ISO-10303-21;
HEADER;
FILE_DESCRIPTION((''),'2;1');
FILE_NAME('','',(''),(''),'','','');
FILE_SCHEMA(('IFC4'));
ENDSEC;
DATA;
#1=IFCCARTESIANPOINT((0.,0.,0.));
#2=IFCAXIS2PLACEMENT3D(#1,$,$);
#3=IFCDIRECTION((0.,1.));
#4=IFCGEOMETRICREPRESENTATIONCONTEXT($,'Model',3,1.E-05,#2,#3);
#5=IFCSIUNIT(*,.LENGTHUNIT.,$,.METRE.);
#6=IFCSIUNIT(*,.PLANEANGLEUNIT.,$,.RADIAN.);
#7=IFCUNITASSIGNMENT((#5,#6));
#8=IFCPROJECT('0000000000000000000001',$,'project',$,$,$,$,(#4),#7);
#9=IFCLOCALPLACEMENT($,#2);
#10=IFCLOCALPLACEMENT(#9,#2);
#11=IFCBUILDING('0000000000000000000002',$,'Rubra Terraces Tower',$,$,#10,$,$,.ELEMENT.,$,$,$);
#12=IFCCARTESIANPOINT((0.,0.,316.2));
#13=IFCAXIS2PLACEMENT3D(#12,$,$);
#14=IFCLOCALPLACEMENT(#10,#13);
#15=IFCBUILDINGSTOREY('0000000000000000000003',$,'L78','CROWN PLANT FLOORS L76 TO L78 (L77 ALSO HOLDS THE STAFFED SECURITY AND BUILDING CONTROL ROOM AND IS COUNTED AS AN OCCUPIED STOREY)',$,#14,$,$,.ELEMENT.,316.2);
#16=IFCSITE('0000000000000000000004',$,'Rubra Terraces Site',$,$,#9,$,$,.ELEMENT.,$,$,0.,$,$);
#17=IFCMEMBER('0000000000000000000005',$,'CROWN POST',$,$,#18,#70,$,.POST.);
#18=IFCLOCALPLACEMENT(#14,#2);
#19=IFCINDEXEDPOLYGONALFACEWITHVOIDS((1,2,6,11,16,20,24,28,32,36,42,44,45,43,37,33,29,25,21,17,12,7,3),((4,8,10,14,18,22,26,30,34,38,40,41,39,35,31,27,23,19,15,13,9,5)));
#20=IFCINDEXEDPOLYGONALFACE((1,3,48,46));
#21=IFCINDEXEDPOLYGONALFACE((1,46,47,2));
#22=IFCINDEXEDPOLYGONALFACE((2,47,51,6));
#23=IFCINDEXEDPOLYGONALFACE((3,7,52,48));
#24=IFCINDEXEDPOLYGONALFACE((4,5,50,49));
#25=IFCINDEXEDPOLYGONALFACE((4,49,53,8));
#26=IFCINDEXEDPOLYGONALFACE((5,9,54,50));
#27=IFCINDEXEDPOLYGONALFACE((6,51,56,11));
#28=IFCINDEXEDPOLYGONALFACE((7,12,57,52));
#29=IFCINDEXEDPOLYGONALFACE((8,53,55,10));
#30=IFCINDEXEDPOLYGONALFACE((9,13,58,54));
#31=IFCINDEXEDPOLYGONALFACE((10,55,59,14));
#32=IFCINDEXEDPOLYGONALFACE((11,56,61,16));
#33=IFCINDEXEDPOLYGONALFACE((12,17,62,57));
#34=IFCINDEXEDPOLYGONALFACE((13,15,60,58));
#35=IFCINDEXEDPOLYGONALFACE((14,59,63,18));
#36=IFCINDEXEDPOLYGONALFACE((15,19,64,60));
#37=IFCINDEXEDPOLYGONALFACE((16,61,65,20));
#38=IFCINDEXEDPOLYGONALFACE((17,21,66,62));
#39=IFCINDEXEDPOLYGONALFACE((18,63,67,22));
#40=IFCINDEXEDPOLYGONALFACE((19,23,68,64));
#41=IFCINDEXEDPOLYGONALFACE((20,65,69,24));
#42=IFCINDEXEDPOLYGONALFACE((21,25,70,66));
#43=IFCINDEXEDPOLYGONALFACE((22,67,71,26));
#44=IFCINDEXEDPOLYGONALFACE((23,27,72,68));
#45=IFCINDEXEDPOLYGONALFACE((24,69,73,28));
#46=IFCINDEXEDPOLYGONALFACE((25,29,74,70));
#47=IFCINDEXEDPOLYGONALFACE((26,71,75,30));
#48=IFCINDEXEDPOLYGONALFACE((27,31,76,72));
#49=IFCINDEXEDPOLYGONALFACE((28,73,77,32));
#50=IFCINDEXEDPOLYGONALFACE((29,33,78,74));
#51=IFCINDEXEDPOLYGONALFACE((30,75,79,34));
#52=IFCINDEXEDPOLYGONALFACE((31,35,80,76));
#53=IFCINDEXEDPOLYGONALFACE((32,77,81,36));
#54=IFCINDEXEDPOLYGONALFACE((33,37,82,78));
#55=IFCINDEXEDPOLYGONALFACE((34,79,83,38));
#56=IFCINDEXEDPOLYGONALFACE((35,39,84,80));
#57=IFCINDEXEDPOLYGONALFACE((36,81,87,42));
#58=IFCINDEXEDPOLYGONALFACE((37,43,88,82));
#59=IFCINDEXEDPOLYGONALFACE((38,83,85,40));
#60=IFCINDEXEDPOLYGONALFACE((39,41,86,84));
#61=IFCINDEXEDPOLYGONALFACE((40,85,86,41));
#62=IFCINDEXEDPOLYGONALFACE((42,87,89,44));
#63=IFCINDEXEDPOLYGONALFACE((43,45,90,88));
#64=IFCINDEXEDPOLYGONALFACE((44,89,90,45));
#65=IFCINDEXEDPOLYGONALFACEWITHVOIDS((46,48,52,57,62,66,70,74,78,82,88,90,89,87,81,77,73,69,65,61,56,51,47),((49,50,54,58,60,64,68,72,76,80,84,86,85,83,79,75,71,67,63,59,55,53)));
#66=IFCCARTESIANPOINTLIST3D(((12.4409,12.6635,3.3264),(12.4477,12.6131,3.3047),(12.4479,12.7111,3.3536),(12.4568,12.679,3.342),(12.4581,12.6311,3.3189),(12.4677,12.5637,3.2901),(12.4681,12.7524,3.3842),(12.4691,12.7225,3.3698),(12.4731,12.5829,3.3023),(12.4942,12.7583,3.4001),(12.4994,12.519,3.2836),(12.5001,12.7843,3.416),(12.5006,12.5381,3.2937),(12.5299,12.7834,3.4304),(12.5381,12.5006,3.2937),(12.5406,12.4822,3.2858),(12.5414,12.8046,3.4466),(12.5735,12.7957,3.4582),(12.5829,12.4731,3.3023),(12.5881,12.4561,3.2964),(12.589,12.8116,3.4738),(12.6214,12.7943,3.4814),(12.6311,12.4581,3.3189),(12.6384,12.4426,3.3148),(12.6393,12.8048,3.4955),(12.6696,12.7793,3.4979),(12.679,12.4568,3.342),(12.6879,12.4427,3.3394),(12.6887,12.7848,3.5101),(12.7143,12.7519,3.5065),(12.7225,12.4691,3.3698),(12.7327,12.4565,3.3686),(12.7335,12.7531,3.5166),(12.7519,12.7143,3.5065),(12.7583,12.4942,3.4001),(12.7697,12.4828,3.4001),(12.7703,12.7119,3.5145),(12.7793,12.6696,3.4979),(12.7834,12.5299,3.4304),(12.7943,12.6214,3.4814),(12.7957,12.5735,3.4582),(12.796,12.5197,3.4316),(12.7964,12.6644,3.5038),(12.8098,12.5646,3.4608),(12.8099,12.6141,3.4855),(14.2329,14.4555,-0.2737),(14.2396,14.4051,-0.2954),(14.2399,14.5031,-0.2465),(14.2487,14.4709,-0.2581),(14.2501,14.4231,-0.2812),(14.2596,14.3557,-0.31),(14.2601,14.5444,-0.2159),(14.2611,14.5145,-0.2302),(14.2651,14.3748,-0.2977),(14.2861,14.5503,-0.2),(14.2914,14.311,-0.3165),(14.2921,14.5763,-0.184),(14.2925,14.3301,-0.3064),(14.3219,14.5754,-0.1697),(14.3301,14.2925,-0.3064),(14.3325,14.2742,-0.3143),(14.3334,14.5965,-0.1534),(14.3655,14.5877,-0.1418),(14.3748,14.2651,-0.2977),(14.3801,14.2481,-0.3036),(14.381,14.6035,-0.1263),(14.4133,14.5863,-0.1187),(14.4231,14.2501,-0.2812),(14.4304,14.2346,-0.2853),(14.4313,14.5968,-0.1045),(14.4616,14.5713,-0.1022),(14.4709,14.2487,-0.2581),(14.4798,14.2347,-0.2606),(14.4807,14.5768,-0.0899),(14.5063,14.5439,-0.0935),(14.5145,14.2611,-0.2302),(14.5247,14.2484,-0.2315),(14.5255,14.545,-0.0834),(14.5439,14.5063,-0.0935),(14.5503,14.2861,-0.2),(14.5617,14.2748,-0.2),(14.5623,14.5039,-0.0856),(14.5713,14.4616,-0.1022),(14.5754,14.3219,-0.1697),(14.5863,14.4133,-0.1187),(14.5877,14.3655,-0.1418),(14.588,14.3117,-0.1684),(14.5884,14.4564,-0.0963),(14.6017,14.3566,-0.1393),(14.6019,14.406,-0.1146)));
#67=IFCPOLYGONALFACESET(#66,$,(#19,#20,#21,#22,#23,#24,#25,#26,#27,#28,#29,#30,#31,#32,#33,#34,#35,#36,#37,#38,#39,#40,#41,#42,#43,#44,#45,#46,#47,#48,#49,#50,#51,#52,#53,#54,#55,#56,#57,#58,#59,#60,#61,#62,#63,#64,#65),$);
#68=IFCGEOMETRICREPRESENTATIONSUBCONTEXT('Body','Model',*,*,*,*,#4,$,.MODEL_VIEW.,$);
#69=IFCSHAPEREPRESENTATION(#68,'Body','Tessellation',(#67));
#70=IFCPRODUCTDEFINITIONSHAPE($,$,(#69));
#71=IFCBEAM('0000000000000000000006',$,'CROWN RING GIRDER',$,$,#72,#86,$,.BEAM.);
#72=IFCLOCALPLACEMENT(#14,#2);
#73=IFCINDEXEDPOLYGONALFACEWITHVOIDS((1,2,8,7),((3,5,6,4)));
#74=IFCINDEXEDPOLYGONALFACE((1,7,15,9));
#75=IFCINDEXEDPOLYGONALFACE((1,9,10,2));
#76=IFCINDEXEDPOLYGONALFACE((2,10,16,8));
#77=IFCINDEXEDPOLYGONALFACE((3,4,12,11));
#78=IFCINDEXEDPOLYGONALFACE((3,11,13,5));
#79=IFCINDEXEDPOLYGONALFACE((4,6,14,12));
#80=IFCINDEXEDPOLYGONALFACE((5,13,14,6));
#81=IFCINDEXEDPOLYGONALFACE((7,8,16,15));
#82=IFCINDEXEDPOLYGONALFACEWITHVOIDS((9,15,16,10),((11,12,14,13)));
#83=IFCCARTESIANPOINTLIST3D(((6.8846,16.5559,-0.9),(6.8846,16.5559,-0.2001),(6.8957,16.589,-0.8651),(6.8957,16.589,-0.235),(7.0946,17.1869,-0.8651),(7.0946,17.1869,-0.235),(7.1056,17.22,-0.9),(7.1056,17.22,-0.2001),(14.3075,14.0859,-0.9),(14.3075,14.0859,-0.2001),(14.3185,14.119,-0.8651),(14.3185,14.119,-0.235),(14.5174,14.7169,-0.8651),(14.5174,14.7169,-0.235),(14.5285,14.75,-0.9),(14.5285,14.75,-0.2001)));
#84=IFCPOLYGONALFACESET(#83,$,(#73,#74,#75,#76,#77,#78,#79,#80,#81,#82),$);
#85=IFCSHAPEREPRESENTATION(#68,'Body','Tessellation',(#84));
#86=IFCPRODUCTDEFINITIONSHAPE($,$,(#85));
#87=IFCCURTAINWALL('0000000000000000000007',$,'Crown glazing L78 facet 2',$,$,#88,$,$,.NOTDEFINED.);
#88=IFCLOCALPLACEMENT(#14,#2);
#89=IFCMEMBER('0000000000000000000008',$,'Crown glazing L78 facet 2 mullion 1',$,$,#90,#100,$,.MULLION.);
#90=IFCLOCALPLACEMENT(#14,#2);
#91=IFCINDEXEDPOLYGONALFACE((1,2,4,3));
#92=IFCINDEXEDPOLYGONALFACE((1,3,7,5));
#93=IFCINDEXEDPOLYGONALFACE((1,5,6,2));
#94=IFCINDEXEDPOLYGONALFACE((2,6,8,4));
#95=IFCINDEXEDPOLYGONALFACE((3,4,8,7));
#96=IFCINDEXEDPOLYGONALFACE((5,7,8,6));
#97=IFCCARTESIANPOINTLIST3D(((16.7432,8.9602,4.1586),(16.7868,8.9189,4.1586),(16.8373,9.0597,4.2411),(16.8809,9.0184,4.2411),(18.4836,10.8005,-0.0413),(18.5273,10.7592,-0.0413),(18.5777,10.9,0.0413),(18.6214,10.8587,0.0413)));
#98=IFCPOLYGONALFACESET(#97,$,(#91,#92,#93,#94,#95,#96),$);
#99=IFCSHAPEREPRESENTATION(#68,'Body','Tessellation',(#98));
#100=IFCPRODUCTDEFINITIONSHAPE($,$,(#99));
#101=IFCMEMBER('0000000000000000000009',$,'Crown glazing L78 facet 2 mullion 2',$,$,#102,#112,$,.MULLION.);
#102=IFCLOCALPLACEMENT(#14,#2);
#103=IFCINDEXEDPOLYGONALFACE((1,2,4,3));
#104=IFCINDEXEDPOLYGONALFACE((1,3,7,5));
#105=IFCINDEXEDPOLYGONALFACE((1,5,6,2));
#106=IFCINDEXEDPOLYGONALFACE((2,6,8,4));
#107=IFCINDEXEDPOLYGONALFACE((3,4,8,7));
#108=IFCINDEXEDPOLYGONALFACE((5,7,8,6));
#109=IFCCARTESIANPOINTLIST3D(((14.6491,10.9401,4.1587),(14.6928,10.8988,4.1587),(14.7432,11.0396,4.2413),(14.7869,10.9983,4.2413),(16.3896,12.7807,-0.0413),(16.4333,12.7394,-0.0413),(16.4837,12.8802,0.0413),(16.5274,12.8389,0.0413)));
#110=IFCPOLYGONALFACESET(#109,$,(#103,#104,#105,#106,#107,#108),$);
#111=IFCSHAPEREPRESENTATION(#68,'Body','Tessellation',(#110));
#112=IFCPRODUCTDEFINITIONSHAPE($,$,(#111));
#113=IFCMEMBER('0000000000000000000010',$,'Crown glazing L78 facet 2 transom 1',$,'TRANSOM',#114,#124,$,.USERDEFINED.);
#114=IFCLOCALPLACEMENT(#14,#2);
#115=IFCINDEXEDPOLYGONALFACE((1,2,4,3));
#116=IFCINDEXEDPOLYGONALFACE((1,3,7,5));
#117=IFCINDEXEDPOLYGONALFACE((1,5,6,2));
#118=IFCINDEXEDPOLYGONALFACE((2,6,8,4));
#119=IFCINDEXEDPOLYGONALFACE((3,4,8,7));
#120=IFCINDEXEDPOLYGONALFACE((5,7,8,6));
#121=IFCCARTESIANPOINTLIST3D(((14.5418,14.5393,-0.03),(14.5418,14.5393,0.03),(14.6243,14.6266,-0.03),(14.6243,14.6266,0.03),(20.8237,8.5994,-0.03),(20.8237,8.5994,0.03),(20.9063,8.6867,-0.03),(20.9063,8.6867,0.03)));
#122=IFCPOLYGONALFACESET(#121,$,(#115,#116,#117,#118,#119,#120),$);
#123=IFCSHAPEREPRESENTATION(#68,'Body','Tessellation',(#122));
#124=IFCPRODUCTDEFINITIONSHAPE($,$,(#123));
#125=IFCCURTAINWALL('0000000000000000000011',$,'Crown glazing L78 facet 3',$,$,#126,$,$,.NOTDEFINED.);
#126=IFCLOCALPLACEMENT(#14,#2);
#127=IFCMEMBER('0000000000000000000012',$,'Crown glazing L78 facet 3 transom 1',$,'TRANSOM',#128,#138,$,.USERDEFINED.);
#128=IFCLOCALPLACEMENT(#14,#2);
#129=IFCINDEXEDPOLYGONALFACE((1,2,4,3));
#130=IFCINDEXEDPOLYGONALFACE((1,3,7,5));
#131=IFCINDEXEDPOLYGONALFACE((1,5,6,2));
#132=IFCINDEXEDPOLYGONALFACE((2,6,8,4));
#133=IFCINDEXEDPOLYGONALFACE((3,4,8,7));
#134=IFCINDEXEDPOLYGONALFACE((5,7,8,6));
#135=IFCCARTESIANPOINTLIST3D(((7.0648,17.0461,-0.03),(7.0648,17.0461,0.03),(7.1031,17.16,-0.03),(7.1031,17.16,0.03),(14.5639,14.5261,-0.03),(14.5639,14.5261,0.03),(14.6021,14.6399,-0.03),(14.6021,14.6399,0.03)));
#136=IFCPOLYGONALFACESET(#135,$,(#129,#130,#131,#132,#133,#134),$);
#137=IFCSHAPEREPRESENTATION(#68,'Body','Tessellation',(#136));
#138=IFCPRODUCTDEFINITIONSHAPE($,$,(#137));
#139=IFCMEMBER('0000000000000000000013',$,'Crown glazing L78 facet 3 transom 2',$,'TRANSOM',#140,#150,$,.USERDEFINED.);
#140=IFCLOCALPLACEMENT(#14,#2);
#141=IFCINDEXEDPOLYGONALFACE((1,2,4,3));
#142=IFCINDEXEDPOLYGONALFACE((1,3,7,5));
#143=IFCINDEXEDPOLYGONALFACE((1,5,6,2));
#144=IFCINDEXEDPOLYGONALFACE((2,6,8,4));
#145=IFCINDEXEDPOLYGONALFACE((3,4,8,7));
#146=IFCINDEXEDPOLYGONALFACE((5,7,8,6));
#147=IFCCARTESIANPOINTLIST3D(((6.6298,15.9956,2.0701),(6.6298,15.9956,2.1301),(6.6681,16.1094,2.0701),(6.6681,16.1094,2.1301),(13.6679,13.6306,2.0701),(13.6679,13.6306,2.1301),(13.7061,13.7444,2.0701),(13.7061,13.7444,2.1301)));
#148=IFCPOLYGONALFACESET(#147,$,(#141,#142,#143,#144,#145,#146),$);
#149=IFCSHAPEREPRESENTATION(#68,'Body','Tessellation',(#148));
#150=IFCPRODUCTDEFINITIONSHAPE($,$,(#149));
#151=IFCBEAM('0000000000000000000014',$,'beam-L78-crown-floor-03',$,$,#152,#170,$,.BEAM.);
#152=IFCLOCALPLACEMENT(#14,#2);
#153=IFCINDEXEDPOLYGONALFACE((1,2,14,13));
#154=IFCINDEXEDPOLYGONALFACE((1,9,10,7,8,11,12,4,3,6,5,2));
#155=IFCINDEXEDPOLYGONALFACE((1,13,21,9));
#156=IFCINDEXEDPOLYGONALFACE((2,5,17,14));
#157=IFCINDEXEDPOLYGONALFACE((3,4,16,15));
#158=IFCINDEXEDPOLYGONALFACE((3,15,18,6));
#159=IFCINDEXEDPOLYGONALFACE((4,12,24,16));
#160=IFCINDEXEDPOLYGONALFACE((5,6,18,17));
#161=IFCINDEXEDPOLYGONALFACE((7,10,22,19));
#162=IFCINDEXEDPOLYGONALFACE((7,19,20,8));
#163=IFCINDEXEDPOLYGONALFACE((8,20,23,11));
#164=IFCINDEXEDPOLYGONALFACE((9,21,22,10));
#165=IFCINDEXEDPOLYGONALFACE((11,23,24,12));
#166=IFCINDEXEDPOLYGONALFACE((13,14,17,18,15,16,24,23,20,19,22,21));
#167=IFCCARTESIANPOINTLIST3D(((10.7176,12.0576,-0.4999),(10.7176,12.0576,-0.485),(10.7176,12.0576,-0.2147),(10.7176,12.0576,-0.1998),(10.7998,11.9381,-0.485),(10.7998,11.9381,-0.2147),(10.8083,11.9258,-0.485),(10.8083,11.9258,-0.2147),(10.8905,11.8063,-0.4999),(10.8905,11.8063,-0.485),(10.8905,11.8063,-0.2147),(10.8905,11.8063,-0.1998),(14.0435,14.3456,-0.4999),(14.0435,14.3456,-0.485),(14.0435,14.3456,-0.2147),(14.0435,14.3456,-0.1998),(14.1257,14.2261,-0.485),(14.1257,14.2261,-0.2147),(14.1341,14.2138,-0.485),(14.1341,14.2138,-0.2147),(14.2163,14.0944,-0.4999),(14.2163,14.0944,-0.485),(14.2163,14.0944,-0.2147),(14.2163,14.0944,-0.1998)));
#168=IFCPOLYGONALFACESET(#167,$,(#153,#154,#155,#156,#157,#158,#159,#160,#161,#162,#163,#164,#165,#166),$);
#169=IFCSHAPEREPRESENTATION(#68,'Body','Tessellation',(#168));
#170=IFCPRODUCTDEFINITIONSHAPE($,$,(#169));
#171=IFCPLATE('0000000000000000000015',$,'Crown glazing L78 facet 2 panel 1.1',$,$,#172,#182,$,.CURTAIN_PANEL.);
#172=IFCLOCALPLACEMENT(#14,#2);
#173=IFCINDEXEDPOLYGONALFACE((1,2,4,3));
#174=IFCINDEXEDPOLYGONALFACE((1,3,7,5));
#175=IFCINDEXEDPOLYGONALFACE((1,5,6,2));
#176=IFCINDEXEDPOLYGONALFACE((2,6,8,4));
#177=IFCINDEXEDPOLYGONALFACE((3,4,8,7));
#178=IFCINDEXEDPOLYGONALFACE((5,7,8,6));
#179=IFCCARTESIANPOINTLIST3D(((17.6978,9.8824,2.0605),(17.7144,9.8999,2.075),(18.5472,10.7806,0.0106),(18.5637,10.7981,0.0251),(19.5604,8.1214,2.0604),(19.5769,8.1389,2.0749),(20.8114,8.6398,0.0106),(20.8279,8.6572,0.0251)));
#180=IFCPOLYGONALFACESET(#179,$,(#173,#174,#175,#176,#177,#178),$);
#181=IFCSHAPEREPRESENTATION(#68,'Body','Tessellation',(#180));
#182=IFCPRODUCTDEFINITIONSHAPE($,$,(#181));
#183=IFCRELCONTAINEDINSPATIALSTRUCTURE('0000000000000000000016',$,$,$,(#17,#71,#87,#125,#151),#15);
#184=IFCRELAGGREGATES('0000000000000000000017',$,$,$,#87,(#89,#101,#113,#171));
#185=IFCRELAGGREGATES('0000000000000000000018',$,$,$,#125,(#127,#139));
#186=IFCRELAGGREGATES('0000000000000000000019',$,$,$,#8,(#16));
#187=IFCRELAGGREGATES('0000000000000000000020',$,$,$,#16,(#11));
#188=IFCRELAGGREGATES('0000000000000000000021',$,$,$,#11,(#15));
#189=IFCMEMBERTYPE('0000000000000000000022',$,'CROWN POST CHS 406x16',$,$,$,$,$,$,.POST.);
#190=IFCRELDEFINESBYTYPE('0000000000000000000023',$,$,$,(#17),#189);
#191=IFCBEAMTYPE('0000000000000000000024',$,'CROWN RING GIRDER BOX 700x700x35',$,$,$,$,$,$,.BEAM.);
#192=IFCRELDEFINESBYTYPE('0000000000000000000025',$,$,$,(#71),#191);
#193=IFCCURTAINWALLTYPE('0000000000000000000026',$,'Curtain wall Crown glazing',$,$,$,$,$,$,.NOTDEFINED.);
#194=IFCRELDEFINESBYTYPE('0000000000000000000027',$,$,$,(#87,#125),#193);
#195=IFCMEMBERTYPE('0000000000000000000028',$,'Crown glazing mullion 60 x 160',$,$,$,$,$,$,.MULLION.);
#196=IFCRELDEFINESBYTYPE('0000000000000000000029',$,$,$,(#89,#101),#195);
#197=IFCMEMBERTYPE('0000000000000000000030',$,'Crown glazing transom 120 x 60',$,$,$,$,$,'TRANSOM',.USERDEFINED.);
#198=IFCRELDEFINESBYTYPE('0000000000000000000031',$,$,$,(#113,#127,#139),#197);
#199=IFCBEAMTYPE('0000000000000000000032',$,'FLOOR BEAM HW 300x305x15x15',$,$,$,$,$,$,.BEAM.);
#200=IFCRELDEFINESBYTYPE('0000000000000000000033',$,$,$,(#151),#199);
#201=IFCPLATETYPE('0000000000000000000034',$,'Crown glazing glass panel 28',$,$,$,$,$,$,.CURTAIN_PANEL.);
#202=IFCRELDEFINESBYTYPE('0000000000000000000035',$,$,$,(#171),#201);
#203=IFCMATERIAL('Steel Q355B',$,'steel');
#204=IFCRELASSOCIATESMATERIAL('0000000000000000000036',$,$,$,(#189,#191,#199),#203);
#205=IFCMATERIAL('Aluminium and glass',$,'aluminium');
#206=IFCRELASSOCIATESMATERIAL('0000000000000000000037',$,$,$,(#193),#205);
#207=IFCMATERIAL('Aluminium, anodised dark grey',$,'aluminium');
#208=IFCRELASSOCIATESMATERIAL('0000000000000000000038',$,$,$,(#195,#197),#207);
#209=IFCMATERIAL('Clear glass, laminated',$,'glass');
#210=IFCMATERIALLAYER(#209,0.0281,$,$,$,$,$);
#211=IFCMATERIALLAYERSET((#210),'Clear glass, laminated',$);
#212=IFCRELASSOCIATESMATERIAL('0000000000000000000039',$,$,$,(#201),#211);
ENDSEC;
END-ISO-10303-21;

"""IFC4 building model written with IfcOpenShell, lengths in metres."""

from ifc_helpers import new_model, si_unit, direction, frame, origin, origin_2d, place, context, subcontext, project, spatial, polyline, rectangle, hollow_rectangle, hollow_circle, i_section, outline, extrude, material, layer, layer_set, material_profile, profile_set, type_object, element, aggregate, save


model = new_model("IFC4")

# Units and contexts
model_context = context("Model", 3, precision=1e-05, world=origin(), true_north=direction((0.0, 1.0)))
body_context = subcontext(model_context, "Body", "Model", "MODEL_VIEW")
ifc_project = project(units=[si_unit("LENGTHUNIT", "METRE"), si_unit("PLANEANGLEUNIT", "RADIAN")], contexts=[model_context])

# Site, building, storey
site_placement = place(None, origin())
site = spatial("IfcSite", under=ifc_project, at=site_placement, Name="Rubra Terraces Site", CompositionType="ELEMENT", RefElevation=0.0)
building_placement = place(site_placement, origin())
building = spatial("IfcBuilding", under=site, at=building_placement, Name="Rubra Terraces Tower", CompositionType="ELEMENT")
storey_placement = place(building_placement, frame((0.0, 0.0, 316.2)))
storey = spatial("IfcBuildingStorey", under=building, at=storey_placement, Name="L78", Description="CROWN PLANT FLOORS L76 TO L78 (L77 ALSO HOLDS THE STAFFED SECURITY AND BUILDING CONTROL ROOM AND IS COUNTED AS AN OCCUPIED STOREY)", CompositionType="ELEMENT", Elevation=316.2)

# Member
ifc_material_1 = material(Name="Steel Q355B", Category="steel")
ifc_material_profile_1 = material_profile(ifc_material_1, hollow_circle(Radius=0.2029, WallThickness=0.0161, at=origin_2d()), Name="CHS 406x16")
ifc_profile_set_1 = profile_set([ifc_material_profile_1], Name="Steel Q355B")
member_type_1 = type_object("IfcMemberType", Name="CROWN POST CHS 406x16", PredefinedType="POST", material=ifc_profile_set_1)
member_1_placement = place(storey_placement, frame((14.4182, 14.4182, -0.2), z_axis=(-0.407027, -0.407027, 0.817715), x_axis=(0.707107, -0.707107, 0.0)))
element("IfcMember", 1, at=member_1_placement, inside=storey, type_object=member_type_1, Name="CROWN POST", PredefinedType="POST", context=body_context, shape_type="SweptSolid", body=[
    extrude(hollow_circle(Radius=0.2029, WallThickness=0.0161, at=origin_2d()), origin(), (0.0, 0.0, 1.0), 4.4026),
])

# Beam
ifc_material_profile_2 = material_profile(ifc_material_1, hollow_rectangle(XDim=0.7, YDim=0.7, WallThickness=0.0349, at=origin_2d()), Name="BOX 700x700x35")
ifc_profile_set_2 = profile_set([ifc_material_profile_2], Name="Steel Q355B")
beam_type_1 = type_object("IfcBeamType", Name="CROWN RING GIRDER BOX 700x700x35", PredefinedType="BEAM", material=ifc_profile_set_2)
beam_1_placement = place(storey_placement, frame((14.418, 14.418, -0.55), z_axis=(-0.948849, 0.315732, 0.0), x_axis=(-0.315732, -0.948849, 0.0)))
element("IfcBeam", 2, at=beam_1_placement, inside=storey, type_object=beam_type_1, Name="CROWN RING GIRDER", PredefinedType="BEAM", context=body_context, shape_type="SweptSolid", body=[
    extrude(hollow_rectangle(XDim=0.7, YDim=0.7, WallThickness=0.0349, at=origin_2d()), origin(), (0.0, 0.0, 1.0), 7.823),
])

# Curtain walls, members
ifc_material_2 = material(Name="Aluminium and glass", Category="aluminium")
curtain_wall_type = type_object("IfcCurtainWallType", Name="Curtain wall Crown glazing", PredefinedType="NOTDEFINED", material=ifc_material_2)
curtain_wall_1_placement = place(storey_placement, origin())
curtain_wall_1 = element("IfcCurtainWall", 3, at=curtain_wall_1_placement, inside=storey, type_object=curtain_wall_type, Name="Crown glazing L78 facet 2", PredefinedType="NOTDEFINED")
ifc_material_3 = material(Name="Aluminium, anodised dark grey", Category="aluminium")
ifc_material_profile_3 = material_profile(ifc_material_3, rectangle(XDim=0.0601, YDim=0.1599, at=origin_2d()), Name="AL 60x160")
ifc_profile_set_3 = profile_set([ifc_material_profile_3], Name="Aluminium, anodised dark grey")
member_type_2 = type_object("IfcMemberType", Name="Crown glazing mullion 60 x 160", PredefinedType="MULLION", material=ifc_profile_set_3)
member_2_placement = place(storey_placement, frame((18.5525, 10.8296, 0.0), z_axis=(-0.354862, -0.375221, 0.856319), x_axis=(0.726543, -0.687121, 0.0)))
member_2 = element("IfcMember", 4, at=member_2_placement, type_object=member_type_2, Name="Crown glazing L78 facet 2 mullion 1", PredefinedType="MULLION", context=body_context, shape_type="SweptSolid", body=[
    extrude(rectangle(XDim=0.0601, YDim=0.1599, at=origin_2d()), origin(), (0.0, 0.0, 1.0), 4.9045),
])
member_3_placement = place(storey_placement, frame((16.4585, 12.8098, 0.0), z_axis=(-0.354856, -0.375264, 0.856303), x_axis=(0.726588, -0.687073, 0.0)))
member_3 = element("IfcMember", 5, at=member_3_placement, type_object=member_type_2, Name="Crown glazing L78 facet 2 mullion 2", PredefinedType="MULLION", context=body_context, shape_type="SweptSolid", body=[
    extrude(rectangle(XDim=0.0601, YDim=0.1599, at=origin_2d()), origin(), (0.0, 0.0, 1.0), 4.9048),
])
ifc_material_profile_4 = material_profile(ifc_material_3, rectangle(XDim=0.1201, YDim=0.0601, at=origin_2d()), Name="AL 120x60")
ifc_profile_set_4 = profile_set([ifc_material_profile_4], Name="Aluminium, anodised dark grey")
member_type_3 = type_object("IfcMemberType", Name="Crown glazing transom 120 x 60", ElementType="TRANSOM", PredefinedType="USERDEFINED", material=ifc_profile_set_4)
member_4_placement = place(storey_placement, frame((20.865, 8.6431, 0.0), z_axis=(-0.726611, 0.687049, 0.0), x_axis=(-0.687049, -0.726611, 0.0)))
member_4 = element("IfcMember", 6, at=member_4_placement, type_object=member_type_3, Name="Crown glazing L78 facet 2 transom 1", ObjectType="TRANSOM", PredefinedType="USERDEFINED", context=body_context, shape_type="SweptSolid", body=[
    extrude(rectangle(XDim=0.1201, YDim=0.0601, at=origin_2d()), origin(), (0.0, 0.0, 1.0), 8.6455),
])
curtain_wall_2_placement = place(storey_placement, origin())
curtain_wall_2 = element("IfcCurtainWall", 7, at=curtain_wall_2_placement, inside=storey, type_object=curtain_wall_type, Name="Crown glazing L78 facet 3", PredefinedType="NOTDEFINED")
member_5_placement = place(storey_placement, frame((14.583, 14.583, 0.0), z_axis=(-0.947909, 0.318541, 0.0), x_axis=(-0.318541, -0.947909, 0.0)))
member_5 = element("IfcMember", 8, at=member_5_placement, type_object=member_type_3, Name="Crown glazing L78 facet 3 transom 1", ObjectType="TRANSOM", PredefinedType="USERDEFINED", context=body_context, shape_type="SweptSolid", body=[
    extrude(rectangle(XDim=0.1201, YDim=0.0601, at=origin_2d()), origin(), (0.0, 0.0, 1.0), 7.9111),
])
member_6_placement = place(storey_placement, frame((13.687, 13.6875, 2.1001), z_axis=(-0.947914, 0.318525, 0.0), x_axis=(-0.318525, -0.947914, 0.0)))
member_6 = element("IfcMember", 9, at=member_6_placement, type_object=member_type_3, Name="Crown glazing L78 facet 3 transom 2", ObjectType="TRANSOM", PredefinedType="USERDEFINED", context=body_context, shape_type="SweptSolid", body=[
    extrude(rectangle(XDim=0.1201, YDim=0.0601, at=origin_2d()), origin(), (0.0, 0.0, 1.0), 7.4248),
])

# Beam
ifc_material_profile_5 = material_profile(ifc_material_1, i_section(OverallWidth=0.3049, OverallDepth=0.3, WebThickness=0.0149, FlangeThickness=0.0149, at=origin_2d()), Name="HW 300x305x15x15")
ifc_profile_set_5 = profile_set([ifc_material_profile_5], Name="Steel Q355B")
beam_type_2 = type_object("IfcBeamType", Name="FLOOR BEAM HW 300x305x15x15", PredefinedType="BEAM", material=ifc_profile_set_5)
beam_2_placement = place(storey_placement, frame((14.1299, 14.22, -0.3499), z_axis=(-0.823867, -0.566783, 0.0), x_axis=(0.566783, -0.823867, 0.0)))
element("IfcBeam", 10, at=beam_2_placement, inside=storey, type_object=beam_type_2, Name="beam-L78-crown-floor-03", PredefinedType="BEAM", context=body_context, shape_type="SweptSolid", body=[
    extrude(i_section(OverallWidth=0.3049, OverallDepth=0.3, WebThickness=0.0149, FlangeThickness=0.0149, at=origin_2d()), origin(), (0.0, 0.0, 1.0), 4.0369),
])

# Plate
ifc_material_4 = material(Name="Clear glass, laminated", Category="glass")
ifc_layer_1 = layer(ifc_material_4, 0.0281)
ifc_layer_set_1 = layer_set([ifc_layer_1], Name="Clear glass, laminated")
plate_type = type_object("IfcPlateType", Name="Crown glazing glass panel 28", PredefinedType="CURTAIN_PANEL", material=ifc_layer_set_1)
plate_1_placement = place(storey_placement, frame((20.8279, 8.6572, 0.0251), z_axis=(0.588333, 0.622237, 0.516416), x_axis=(-0.726622, 0.687037, -0.000008)))
plate_1 = element("IfcPlate", 11, at=plate_1_placement, type_object=plate_type, Name="Crown glazing L78 facet 2 panel 1.1", PredefinedType="CURTAIN_PANEL", context=body_context, shape_type="SweptSolid", body=[
    extrude(outline(polyline([(0.0, 0.0), (3.116, 0.0), (3.1161, 2.3937), (0.5529, 2.3937), (0.0, 0.0)])), origin(), (0.0, 0.0, -1.0), 0.0281),
])
aggregate(curtain_wall_1, [member_2, member_3, member_4, plate_1])
aggregate(curtain_wall_2, [member_5, member_6])

save(model, "model.ifc")
